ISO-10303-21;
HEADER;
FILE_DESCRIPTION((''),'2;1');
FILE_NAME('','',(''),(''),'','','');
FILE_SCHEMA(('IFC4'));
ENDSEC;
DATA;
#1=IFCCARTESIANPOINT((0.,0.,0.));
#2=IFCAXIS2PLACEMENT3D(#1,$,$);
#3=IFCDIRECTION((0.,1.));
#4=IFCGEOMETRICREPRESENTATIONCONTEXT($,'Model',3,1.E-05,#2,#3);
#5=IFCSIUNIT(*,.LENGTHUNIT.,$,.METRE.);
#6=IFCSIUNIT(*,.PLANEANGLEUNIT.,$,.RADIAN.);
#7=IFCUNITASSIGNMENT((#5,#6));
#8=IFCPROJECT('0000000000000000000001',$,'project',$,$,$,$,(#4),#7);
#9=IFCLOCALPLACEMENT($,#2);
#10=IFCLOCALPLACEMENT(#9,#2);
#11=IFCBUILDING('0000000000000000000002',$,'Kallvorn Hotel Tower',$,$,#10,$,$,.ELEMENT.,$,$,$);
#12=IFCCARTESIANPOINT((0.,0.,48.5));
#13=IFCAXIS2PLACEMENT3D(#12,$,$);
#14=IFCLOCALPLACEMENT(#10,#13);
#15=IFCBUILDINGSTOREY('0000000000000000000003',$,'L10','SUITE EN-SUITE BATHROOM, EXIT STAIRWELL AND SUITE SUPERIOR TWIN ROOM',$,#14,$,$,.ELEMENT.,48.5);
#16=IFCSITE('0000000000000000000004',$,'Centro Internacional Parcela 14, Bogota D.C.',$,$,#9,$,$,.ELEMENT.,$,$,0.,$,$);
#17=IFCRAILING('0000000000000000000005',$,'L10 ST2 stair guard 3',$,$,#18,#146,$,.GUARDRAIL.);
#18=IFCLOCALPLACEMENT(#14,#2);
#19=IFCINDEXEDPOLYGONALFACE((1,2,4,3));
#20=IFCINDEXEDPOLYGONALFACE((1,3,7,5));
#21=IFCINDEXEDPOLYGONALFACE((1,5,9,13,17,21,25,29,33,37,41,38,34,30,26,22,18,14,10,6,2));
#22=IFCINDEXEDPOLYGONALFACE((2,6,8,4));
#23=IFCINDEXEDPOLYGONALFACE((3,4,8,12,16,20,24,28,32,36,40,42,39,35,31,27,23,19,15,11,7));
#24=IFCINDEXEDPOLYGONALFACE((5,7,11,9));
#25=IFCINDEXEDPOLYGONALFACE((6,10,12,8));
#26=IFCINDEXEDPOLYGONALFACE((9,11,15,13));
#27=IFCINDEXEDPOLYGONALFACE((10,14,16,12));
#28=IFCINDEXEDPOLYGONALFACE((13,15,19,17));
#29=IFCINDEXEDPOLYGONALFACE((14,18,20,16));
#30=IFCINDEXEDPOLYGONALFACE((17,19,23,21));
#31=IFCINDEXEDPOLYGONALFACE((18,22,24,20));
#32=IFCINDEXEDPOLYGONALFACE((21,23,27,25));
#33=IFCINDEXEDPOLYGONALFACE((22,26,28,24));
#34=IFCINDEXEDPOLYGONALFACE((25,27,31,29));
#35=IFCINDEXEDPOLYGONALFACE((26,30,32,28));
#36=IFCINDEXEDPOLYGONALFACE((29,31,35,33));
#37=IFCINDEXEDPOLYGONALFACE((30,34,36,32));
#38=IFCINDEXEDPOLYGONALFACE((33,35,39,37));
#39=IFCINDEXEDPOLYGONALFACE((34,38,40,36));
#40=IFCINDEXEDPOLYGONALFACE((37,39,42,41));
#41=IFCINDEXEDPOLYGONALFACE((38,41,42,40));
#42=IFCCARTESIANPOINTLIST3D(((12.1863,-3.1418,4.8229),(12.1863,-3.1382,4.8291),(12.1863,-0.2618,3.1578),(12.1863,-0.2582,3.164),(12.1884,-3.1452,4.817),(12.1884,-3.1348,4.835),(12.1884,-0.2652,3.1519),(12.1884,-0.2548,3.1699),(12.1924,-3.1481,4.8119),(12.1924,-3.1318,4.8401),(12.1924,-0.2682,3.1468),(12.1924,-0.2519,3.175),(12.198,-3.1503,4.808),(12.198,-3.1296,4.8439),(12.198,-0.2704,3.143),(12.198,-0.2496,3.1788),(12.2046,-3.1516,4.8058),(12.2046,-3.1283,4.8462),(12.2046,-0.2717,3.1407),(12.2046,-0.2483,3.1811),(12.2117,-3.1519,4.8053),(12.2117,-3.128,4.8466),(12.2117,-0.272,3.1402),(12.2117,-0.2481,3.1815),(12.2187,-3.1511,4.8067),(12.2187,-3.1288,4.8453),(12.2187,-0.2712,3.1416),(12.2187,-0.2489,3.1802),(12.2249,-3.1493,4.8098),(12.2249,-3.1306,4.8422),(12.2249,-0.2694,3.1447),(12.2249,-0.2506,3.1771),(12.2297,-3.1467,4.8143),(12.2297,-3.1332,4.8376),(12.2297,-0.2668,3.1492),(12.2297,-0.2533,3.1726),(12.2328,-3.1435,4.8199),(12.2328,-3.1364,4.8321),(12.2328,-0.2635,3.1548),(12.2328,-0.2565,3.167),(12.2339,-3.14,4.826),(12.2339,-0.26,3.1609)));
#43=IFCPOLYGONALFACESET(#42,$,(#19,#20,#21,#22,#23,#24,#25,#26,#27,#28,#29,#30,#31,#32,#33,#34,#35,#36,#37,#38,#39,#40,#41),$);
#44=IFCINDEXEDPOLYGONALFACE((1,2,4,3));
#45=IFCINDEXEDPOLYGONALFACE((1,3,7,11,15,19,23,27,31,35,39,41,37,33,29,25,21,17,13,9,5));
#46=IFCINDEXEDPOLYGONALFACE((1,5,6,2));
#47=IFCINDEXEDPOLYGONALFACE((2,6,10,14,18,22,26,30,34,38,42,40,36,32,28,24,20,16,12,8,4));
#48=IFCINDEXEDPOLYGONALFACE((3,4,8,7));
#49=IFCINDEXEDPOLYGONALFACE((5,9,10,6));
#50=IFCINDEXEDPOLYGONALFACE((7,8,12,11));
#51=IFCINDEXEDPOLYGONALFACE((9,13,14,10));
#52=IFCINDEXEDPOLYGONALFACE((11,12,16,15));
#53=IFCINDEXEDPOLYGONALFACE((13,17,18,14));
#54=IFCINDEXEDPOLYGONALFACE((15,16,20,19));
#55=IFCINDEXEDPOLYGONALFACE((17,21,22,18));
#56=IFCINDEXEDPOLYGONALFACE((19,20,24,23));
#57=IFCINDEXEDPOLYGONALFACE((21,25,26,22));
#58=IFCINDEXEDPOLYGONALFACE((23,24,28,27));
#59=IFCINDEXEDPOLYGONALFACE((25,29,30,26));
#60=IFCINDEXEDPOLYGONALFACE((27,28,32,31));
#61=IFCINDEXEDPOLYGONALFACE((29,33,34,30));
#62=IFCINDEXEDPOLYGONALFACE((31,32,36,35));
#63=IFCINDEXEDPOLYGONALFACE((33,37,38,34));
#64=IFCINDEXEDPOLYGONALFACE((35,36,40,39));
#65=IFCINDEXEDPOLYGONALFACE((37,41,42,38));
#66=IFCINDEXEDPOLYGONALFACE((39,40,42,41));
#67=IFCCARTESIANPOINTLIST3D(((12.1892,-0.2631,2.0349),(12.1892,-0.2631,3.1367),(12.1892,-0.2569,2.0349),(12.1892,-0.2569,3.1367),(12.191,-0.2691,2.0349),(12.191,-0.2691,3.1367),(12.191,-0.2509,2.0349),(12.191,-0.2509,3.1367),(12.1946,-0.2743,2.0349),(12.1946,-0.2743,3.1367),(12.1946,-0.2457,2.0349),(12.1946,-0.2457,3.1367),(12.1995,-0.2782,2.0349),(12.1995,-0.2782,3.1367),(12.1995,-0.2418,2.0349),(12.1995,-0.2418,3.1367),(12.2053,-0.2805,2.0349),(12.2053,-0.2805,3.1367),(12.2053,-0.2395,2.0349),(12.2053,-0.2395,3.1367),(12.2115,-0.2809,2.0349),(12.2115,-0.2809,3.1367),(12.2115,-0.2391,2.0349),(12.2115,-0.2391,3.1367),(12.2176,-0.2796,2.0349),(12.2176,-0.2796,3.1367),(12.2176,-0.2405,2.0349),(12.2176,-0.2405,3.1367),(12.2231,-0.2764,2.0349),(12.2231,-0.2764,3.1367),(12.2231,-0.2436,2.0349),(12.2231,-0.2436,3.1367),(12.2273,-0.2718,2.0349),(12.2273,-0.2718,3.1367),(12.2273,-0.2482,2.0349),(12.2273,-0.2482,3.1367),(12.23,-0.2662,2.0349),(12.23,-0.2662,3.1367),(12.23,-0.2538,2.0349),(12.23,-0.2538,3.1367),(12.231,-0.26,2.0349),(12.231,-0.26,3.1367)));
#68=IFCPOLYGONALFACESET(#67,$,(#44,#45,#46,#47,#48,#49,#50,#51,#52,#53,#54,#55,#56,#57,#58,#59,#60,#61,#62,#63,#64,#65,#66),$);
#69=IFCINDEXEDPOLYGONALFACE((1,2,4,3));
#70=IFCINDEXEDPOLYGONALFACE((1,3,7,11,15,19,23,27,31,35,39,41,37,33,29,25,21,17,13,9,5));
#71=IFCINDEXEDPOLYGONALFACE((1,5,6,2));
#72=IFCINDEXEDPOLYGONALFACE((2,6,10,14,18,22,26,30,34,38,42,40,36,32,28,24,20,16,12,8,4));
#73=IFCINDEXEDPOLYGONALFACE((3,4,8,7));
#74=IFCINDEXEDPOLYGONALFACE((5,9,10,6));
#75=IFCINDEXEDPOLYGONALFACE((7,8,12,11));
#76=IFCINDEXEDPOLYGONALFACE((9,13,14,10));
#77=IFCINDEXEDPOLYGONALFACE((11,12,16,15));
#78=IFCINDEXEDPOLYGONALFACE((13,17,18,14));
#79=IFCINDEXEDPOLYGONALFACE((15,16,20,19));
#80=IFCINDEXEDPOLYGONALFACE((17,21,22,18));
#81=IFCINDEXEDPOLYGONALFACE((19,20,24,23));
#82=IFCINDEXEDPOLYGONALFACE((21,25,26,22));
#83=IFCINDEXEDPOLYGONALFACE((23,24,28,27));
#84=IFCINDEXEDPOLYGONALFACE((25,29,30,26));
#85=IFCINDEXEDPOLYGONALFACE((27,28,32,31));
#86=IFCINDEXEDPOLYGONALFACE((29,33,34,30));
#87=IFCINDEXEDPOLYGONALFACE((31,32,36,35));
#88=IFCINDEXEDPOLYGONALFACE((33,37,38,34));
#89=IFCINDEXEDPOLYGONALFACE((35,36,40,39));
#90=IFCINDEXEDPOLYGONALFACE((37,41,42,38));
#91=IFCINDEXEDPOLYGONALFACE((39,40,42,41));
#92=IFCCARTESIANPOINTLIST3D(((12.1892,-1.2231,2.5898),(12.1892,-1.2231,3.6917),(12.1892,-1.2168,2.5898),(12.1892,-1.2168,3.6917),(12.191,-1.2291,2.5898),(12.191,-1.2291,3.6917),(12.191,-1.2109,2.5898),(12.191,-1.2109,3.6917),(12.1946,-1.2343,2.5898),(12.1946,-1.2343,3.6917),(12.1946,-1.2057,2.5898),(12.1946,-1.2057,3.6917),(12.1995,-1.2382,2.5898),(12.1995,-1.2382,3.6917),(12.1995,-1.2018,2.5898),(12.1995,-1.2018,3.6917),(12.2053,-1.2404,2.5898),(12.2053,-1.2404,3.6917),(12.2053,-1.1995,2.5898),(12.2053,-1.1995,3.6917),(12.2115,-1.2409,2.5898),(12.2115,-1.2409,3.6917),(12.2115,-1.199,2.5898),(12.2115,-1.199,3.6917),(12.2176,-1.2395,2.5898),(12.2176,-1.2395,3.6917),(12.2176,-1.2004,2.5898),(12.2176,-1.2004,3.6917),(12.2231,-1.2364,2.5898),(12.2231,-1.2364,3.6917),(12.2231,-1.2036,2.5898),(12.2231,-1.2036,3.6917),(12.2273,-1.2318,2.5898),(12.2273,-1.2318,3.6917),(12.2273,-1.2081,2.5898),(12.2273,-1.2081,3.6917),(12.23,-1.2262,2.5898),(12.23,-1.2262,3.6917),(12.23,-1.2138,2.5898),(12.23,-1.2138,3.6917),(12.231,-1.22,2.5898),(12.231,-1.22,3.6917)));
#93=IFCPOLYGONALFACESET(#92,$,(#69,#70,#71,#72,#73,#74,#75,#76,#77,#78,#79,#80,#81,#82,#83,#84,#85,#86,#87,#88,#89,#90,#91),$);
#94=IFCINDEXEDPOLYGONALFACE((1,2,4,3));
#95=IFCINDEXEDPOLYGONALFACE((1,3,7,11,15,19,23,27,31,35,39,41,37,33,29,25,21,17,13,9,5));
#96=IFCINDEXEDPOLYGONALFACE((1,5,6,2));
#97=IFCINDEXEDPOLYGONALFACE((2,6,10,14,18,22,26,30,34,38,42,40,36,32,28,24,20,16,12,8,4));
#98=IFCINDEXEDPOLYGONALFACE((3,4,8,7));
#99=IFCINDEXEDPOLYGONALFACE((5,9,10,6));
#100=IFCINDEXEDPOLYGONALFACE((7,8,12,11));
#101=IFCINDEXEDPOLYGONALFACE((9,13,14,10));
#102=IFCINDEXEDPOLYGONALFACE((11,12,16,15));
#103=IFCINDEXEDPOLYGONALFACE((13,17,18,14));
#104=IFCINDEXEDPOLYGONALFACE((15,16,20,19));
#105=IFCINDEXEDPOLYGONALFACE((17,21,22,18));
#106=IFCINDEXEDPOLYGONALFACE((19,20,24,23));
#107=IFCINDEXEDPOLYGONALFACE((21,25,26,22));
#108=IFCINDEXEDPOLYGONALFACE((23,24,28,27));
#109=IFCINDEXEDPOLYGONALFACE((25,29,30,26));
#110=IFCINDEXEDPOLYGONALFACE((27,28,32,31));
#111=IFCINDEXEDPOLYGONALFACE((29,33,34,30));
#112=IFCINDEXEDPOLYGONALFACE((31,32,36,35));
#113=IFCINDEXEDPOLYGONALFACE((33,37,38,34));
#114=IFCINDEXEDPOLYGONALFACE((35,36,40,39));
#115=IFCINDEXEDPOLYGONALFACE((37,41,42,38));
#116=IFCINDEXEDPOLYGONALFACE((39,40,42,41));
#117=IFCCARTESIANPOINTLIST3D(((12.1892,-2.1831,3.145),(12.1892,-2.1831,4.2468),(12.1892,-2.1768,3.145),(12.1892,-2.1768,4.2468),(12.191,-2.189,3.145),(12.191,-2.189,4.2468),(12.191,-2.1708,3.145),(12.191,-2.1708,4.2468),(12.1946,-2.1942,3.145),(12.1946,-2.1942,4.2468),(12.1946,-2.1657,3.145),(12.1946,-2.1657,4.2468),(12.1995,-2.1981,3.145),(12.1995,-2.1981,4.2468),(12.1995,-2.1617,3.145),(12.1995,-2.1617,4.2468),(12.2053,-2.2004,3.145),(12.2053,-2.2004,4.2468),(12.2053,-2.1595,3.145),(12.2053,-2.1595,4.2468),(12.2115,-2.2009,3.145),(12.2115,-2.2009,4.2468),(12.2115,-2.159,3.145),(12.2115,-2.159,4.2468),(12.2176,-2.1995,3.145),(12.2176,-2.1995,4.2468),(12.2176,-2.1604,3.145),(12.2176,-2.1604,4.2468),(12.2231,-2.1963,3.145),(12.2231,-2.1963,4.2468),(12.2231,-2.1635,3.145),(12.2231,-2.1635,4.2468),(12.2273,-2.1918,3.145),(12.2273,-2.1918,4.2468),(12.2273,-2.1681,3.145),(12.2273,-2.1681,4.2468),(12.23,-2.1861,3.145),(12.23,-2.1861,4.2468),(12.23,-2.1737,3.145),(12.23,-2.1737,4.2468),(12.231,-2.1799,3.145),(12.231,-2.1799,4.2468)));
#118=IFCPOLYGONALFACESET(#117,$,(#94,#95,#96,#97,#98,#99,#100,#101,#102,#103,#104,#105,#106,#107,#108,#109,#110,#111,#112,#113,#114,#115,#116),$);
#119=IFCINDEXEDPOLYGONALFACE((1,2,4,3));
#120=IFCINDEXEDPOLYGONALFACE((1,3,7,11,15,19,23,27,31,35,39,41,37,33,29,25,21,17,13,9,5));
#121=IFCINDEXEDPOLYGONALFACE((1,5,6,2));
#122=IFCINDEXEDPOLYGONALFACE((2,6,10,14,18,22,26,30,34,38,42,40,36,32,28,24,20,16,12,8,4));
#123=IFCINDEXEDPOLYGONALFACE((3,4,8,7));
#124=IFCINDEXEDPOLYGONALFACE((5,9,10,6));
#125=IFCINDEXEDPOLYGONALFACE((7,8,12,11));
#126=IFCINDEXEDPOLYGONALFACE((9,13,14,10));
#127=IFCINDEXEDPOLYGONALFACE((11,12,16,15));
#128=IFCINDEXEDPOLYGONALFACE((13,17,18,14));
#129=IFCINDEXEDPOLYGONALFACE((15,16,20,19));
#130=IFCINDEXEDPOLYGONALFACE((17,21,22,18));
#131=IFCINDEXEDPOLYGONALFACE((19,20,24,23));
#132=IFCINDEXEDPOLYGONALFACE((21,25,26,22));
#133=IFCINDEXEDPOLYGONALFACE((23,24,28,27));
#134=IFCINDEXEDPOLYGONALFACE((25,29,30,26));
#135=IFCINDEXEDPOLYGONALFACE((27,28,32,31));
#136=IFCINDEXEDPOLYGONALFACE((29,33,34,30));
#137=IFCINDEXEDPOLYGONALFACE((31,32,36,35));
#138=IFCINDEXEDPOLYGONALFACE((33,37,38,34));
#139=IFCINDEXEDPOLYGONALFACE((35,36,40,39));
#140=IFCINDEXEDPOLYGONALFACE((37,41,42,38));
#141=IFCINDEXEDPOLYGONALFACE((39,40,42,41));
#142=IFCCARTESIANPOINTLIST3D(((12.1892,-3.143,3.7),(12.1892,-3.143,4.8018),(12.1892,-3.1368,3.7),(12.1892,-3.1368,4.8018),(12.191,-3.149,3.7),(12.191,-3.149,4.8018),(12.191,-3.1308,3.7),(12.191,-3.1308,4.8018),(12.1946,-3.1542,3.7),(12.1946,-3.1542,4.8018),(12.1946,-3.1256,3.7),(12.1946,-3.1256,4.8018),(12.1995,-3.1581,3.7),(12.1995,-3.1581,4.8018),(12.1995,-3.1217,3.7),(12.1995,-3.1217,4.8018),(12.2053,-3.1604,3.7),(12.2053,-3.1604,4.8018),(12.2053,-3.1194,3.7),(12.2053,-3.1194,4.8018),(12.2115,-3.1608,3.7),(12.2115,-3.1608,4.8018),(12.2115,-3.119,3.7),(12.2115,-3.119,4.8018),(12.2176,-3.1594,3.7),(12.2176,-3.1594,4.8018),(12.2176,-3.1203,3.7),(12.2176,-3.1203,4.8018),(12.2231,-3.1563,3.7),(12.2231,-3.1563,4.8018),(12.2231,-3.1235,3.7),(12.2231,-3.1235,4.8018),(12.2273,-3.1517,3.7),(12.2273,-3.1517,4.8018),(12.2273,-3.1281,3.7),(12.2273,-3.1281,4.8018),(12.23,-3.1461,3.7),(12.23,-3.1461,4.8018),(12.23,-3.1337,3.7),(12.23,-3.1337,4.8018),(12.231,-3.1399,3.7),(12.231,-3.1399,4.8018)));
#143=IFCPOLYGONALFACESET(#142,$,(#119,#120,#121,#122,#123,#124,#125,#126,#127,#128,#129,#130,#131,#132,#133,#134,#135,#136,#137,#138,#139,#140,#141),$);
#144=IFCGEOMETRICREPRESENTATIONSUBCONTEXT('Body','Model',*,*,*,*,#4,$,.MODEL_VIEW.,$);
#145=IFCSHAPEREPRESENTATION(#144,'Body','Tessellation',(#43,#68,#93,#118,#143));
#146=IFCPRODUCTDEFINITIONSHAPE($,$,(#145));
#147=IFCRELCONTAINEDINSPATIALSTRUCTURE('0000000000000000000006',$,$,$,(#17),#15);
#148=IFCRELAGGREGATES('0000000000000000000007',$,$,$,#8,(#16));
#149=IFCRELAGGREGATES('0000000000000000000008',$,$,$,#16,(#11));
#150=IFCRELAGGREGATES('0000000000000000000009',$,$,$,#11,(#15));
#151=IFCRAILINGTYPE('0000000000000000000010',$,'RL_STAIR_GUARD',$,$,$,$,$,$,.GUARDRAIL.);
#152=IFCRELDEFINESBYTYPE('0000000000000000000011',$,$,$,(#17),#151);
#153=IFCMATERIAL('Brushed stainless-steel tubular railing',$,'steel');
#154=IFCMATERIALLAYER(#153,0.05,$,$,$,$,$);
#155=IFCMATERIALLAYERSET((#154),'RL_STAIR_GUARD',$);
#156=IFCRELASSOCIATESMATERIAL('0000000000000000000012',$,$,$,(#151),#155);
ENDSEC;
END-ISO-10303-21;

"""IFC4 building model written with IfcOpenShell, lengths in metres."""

from ifc_helpers import new_model, si_unit, direction, frame, origin, origin_2d, place, context, subcontext, project, spatial, circle, extrude, material, layer, layer_set, type_object, element, save


model = new_model("IFC4")

# Units and contexts
model_context = context("Model", 3, precision=1e-05, world=origin(), true_north=direction((0.0, 1.0)))
body_context = subcontext(model_context, "Body", "Model", "MODEL_VIEW")
ifc_project = project(units=[si_unit("LENGTHUNIT", "METRE"), si_unit("PLANEANGLEUNIT", "RADIAN")], contexts=[model_context])

# Site, building, storey
site_placement = place(None, origin())
site = spatial("IfcSite", under=ifc_project, at=site_placement, Name="Centro Internacional Parcela 14, Bogota D.C.", CompositionType="ELEMENT", RefElevation=0.0)
building_placement = place(site_placement, origin())
building = spatial("IfcBuilding", under=site, at=building_placement, Name="Kallvorn Hotel Tower", CompositionType="ELEMENT")
storey_placement = place(building_placement, frame((0.0, 0.0, 48.5)))
storey = spatial("IfcBuildingStorey", under=building, at=storey_placement, Name="L10", Description="SUITE EN-SUITE BATHROOM, EXIT STAIRWELL AND SUITE SUPERIOR TWIN ROOM", CompositionType="ELEMENT", Elevation=48.5)

# Railing
ifc_material_1 = material(Name="Brushed stainless-steel tubular railing", Category="steel")
ifc_layer_1 = layer(ifc_material_1, 0.05)
ifc_layer_set_1 = layer_set([ifc_layer_1], Name="RL_STAIR_GUARD")
railing_type_1 = type_object("IfcRailingType", Name="RL_STAIR_GUARD", PredefinedType="GUARDRAIL", material=ifc_layer_set_1)
railing_1_placement = place(storey_placement, frame((12.21, -0.26, 2.0349)))
element("IfcRailing", 1, at=railing_1_placement, inside=storey, type_object=railing_type_1, Name="L10 ST2 stair guard 3", PredefinedType="GUARDRAIL", context=body_context, shape_type="SweptSolid", body=[
    extrude(circle(Radius=0.0239, at=origin_2d()), frame((0.0, 0.0, 1.126), z_axis=(0.0, -0.865721, 0.500527), x_axis=(1.0, 0.0, 0.0)), (0.0, 0.0, 1.0), 3.3267),
    extrude(circle(Radius=0.021, at=origin_2d()), origin(), (0.0, 0.0, 1.0), 1.1018),
    extrude(circle(Radius=0.021, at=origin_2d()), frame((0.0, -0.96, 0.5549)), (0.0, 0.0, 1.0), 1.1018),
    extrude(circle(Radius=0.021, at=origin_2d()), frame((0.0, -1.9199, 1.1101)), (0.0, 0.0, 1.0), 1.1018),
    extrude(circle(Radius=0.021, at=origin_2d()), frame((0.0, -2.8799, 1.665)), (0.0, 0.0, 1.0), 1.1018),
])

save(model, "model.ifc")
